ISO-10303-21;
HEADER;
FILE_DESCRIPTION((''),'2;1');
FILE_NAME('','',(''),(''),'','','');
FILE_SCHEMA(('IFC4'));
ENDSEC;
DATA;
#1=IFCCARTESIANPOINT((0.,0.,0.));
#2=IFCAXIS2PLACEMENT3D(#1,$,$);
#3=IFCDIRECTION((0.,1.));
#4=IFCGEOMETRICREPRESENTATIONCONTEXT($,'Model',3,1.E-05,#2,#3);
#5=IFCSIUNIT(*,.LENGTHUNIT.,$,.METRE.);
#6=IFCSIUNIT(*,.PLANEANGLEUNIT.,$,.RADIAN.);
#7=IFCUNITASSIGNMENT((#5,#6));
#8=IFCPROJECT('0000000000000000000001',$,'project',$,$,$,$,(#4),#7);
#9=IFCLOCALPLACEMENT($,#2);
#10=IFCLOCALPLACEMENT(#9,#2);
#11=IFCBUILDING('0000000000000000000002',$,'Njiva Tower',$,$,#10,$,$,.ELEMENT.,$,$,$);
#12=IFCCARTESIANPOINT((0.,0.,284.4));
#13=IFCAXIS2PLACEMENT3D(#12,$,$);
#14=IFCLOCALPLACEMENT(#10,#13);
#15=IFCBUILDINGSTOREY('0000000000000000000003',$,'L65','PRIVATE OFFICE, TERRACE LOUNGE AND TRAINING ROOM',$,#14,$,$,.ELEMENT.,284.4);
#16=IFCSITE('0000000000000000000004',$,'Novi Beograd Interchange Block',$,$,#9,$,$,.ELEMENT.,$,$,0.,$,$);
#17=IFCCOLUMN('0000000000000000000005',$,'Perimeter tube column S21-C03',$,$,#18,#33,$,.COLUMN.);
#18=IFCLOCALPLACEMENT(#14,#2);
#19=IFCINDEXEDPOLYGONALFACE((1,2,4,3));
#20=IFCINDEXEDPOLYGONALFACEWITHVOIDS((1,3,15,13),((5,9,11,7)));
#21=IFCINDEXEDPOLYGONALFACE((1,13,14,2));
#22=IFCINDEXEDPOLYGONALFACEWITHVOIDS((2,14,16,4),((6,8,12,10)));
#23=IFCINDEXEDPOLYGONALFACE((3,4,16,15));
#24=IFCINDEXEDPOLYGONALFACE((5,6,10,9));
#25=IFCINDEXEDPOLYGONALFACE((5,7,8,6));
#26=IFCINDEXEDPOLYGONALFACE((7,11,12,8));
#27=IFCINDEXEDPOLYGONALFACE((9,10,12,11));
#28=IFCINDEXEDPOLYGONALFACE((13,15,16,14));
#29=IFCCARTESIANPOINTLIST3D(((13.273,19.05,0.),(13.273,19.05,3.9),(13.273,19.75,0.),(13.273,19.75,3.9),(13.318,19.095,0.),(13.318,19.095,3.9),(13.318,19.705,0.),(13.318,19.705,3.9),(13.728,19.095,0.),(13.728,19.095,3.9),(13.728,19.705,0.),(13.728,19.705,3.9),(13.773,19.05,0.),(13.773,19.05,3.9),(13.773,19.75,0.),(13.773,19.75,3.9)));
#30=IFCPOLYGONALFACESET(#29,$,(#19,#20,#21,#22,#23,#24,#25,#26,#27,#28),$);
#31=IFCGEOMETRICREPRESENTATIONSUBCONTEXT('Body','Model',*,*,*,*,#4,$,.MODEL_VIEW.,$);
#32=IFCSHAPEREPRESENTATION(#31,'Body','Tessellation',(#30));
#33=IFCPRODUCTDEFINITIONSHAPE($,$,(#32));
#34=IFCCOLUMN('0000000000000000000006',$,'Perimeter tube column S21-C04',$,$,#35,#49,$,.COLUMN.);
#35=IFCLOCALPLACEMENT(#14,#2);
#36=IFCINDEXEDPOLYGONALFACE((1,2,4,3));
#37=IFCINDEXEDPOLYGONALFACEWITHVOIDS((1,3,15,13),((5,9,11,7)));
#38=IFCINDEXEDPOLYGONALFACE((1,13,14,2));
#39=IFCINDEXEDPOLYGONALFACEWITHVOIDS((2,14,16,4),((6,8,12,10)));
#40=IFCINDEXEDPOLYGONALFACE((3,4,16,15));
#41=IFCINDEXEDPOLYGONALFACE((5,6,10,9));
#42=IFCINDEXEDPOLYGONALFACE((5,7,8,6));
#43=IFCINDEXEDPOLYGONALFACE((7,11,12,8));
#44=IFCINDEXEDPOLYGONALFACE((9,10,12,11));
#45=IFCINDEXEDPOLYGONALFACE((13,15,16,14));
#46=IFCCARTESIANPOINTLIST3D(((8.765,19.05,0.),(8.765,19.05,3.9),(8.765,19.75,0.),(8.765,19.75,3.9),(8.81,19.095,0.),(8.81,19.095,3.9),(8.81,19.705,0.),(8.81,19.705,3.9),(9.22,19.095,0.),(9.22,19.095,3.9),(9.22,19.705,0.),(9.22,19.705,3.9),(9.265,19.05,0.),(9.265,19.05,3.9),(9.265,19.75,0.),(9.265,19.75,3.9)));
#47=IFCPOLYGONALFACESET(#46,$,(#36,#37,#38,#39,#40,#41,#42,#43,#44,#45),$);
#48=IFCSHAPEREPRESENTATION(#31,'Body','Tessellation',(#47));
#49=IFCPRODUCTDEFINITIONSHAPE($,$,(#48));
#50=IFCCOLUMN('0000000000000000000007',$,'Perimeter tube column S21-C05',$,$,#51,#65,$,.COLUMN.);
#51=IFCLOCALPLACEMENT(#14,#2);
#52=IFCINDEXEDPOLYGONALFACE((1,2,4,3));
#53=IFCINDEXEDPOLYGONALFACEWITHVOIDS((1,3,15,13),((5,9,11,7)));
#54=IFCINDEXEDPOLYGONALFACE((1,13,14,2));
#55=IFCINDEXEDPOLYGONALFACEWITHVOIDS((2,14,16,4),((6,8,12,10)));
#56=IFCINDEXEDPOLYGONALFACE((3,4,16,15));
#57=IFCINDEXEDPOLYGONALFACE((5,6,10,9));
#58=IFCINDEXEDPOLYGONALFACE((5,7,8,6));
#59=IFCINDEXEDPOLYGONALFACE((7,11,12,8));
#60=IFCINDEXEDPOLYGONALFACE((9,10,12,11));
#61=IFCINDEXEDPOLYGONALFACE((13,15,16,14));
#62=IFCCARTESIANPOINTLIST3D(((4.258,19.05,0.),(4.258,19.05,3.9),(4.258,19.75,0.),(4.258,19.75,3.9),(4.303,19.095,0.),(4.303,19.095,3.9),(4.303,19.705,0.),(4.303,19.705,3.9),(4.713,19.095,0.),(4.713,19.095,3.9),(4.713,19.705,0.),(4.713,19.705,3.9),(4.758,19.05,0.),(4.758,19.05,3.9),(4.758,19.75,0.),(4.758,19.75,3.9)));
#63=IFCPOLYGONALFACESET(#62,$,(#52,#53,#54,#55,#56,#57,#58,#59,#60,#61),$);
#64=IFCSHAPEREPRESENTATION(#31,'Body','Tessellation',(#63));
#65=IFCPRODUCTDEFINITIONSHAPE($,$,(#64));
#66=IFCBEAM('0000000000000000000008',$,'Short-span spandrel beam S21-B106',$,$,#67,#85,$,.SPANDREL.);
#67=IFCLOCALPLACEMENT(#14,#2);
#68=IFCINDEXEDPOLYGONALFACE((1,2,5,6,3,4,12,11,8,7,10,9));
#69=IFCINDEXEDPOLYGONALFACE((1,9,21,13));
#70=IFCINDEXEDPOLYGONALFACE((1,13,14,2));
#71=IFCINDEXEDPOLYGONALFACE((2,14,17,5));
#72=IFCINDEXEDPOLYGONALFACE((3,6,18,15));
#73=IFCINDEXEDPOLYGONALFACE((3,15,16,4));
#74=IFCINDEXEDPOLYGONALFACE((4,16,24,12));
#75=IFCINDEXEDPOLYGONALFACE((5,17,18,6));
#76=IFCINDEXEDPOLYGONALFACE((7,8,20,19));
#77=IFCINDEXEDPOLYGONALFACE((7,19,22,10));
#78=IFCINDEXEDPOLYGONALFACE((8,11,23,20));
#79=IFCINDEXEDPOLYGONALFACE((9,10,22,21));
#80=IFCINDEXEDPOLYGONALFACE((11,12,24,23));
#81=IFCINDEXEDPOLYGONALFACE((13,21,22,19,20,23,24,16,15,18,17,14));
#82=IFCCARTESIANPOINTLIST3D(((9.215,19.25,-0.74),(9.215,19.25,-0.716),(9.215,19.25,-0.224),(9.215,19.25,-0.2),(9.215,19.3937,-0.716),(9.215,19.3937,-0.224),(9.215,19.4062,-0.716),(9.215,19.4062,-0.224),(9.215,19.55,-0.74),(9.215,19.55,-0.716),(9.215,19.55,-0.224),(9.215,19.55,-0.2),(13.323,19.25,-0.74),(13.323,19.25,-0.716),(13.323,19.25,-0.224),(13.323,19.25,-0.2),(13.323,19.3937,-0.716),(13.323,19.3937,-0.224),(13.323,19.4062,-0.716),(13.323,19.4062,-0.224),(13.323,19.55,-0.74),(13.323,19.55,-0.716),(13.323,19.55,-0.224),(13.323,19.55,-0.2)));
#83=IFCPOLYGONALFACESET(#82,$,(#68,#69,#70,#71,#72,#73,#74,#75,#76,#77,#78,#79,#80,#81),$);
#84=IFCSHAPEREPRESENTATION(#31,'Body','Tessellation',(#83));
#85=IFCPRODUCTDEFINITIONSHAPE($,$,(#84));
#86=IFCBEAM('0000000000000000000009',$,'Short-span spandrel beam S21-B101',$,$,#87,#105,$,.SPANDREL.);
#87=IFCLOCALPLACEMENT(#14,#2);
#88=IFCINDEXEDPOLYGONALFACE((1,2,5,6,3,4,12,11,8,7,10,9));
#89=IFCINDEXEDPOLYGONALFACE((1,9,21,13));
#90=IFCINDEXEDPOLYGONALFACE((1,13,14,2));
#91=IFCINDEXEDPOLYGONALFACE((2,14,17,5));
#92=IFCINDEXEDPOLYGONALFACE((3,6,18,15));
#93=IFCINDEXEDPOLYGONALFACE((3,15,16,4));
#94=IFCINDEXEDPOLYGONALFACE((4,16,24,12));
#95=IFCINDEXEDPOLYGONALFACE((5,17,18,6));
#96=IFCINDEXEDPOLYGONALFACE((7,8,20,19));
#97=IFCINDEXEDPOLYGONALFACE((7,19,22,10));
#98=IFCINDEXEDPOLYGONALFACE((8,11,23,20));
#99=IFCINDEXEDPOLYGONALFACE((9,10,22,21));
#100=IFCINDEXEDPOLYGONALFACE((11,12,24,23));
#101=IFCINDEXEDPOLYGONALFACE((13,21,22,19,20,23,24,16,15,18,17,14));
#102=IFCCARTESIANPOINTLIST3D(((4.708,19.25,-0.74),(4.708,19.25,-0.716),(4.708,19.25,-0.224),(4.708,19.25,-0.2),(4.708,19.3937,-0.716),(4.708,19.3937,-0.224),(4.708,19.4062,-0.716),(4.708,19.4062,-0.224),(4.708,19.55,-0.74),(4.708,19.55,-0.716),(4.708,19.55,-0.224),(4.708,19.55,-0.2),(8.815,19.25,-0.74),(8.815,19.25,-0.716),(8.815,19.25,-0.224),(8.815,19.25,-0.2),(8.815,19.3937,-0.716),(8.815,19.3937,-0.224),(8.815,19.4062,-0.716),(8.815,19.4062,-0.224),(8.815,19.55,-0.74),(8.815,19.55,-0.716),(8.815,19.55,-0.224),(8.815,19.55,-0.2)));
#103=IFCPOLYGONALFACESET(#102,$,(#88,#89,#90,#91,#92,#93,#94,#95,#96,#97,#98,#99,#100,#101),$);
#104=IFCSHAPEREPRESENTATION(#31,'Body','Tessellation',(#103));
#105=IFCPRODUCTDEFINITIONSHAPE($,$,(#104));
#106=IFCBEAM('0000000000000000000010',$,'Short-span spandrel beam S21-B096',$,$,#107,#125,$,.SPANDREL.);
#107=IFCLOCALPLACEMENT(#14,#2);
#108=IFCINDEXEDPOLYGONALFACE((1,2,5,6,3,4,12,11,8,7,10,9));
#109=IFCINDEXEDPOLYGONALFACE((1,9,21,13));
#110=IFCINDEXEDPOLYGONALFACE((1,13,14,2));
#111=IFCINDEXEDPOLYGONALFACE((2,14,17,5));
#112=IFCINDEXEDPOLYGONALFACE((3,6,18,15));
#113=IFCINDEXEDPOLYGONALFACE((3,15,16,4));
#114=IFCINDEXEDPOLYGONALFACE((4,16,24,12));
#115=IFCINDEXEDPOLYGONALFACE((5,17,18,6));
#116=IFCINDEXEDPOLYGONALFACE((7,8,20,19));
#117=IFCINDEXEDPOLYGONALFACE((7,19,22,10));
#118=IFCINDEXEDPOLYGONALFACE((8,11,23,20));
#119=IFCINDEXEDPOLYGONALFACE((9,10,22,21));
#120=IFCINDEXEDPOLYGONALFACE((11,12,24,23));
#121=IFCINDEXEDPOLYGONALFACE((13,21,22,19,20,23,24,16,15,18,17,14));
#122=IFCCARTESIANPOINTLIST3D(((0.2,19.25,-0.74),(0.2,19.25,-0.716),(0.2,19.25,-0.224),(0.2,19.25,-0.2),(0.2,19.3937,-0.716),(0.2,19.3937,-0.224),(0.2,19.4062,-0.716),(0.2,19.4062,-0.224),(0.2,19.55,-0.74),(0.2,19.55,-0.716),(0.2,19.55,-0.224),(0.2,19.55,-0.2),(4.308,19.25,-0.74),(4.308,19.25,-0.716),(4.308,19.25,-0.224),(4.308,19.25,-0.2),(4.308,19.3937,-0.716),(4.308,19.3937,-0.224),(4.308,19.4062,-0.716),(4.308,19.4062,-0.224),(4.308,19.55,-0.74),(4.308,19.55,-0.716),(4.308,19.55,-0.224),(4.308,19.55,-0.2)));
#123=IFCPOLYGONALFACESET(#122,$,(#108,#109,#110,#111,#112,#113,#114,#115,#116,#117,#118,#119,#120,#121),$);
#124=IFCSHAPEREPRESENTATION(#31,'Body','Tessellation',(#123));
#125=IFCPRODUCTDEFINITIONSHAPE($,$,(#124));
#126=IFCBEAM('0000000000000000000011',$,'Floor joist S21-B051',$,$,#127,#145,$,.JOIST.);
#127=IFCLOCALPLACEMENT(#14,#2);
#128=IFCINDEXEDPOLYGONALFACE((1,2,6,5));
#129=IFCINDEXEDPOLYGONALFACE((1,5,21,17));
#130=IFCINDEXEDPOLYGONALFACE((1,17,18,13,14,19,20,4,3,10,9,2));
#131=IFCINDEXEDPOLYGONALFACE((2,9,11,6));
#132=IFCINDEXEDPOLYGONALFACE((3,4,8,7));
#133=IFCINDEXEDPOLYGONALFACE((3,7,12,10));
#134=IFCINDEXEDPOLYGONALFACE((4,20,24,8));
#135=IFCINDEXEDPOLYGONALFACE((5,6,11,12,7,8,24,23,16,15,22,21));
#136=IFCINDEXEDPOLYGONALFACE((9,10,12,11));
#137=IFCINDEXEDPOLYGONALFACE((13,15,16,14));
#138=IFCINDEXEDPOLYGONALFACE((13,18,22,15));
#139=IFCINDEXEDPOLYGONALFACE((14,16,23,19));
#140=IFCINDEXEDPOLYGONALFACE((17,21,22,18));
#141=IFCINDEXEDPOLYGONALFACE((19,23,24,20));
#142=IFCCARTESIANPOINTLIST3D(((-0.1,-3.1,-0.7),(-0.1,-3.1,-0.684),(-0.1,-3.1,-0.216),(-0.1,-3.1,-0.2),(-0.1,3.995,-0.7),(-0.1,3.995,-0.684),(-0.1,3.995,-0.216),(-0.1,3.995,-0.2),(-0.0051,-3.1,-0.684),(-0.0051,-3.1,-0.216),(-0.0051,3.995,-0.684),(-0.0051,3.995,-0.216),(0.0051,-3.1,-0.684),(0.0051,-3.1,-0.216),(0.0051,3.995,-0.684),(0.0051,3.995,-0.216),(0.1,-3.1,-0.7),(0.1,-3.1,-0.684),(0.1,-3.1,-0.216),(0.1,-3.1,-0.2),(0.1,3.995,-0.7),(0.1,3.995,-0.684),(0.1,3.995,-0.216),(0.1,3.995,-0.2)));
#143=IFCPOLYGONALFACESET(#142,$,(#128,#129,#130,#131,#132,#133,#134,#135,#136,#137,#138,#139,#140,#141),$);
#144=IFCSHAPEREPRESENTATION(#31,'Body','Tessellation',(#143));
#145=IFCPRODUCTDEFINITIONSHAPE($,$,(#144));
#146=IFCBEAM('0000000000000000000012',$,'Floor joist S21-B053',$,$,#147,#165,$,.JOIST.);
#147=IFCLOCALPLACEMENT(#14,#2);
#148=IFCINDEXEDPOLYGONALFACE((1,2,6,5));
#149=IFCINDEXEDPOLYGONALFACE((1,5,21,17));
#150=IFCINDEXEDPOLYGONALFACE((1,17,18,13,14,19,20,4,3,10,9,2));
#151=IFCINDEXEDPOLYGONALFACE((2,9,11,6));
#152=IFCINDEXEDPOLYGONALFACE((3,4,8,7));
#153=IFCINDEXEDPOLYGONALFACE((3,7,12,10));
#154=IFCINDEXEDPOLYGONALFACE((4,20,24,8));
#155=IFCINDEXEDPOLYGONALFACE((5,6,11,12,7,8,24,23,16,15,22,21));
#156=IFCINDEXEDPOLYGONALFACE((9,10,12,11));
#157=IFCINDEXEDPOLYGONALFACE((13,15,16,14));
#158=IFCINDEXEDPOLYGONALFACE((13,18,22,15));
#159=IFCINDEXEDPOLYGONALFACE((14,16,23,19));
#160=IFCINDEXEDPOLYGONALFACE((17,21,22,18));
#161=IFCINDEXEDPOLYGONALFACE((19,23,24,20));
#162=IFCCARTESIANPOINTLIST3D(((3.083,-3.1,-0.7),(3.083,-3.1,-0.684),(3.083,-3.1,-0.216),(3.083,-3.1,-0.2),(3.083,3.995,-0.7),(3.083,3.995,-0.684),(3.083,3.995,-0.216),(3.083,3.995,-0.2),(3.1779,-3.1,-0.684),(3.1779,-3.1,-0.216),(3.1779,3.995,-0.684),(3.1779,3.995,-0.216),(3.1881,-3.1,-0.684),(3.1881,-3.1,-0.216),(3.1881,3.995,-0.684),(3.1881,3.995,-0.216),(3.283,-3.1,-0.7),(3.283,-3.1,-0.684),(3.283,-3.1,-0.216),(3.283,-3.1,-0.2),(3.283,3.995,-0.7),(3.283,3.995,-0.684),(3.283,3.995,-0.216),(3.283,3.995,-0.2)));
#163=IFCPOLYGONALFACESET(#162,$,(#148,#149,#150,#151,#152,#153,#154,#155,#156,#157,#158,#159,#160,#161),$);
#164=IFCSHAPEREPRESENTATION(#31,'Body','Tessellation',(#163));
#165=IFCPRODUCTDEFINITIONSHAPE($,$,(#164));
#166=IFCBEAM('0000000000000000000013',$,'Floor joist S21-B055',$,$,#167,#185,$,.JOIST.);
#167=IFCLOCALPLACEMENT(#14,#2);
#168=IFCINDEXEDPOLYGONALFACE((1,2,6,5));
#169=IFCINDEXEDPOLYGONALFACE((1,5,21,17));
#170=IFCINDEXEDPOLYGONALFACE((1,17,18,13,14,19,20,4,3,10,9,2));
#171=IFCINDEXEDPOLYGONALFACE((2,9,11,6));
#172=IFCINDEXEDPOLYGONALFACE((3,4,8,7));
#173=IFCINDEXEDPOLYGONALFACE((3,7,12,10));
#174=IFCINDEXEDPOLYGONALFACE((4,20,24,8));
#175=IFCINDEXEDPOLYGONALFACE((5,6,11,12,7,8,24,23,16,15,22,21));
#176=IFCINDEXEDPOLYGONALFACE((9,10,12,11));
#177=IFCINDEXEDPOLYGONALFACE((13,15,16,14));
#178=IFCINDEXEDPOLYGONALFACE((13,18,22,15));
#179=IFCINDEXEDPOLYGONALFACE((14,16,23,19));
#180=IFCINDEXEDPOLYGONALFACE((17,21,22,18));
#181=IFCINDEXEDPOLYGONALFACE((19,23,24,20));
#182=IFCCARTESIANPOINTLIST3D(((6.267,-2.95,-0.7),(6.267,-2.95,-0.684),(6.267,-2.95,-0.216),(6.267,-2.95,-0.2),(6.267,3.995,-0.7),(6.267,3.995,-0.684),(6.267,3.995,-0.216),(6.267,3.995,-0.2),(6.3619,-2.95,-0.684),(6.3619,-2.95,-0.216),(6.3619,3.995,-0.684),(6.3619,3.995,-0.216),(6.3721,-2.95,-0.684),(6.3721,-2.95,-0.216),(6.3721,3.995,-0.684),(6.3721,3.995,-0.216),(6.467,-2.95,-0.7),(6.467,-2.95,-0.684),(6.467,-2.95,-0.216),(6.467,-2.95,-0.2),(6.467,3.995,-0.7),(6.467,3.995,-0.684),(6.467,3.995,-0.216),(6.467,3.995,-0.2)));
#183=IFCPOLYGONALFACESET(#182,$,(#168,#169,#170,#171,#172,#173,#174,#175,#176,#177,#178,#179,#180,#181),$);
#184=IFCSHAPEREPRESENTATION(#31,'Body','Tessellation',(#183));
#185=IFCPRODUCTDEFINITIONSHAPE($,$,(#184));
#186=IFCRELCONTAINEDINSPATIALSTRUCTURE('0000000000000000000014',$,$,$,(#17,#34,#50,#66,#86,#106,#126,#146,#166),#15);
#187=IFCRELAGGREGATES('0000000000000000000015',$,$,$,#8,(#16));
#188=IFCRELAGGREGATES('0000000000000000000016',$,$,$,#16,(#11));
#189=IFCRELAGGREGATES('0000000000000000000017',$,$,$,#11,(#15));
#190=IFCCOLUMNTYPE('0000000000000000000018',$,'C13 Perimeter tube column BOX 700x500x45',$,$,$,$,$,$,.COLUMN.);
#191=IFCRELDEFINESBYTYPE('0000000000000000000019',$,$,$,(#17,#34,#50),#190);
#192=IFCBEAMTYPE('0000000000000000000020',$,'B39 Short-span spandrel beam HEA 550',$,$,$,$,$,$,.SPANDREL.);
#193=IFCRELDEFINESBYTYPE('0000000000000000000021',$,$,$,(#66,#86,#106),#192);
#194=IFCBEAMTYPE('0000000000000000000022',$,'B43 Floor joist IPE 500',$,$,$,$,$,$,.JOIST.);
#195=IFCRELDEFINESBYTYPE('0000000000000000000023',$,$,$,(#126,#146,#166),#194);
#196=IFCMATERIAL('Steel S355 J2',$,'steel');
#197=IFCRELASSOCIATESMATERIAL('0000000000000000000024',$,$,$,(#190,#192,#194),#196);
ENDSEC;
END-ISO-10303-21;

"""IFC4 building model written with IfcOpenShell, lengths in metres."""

from ifc_helpers import new_model, si_unit, direction, frame, origin, origin_2d, place, context, subcontext, project, spatial, hollow_rectangle, i_section, extrude, material, material_profile, profile_set, type_object, element, save


model = new_model("IFC4")

# Units and contexts
model_context = context("Model", 3, precision=1e-05, world=origin(), true_north=direction((0.0, 1.0)))
body_context = subcontext(model_context, "Body", "Model", "MODEL_VIEW")
ifc_project = project(units=[si_unit("LENGTHUNIT", "METRE"), si_unit("PLANEANGLEUNIT", "RADIAN")], contexts=[model_context])

# Site, building, storey
site_placement = place(None, origin())
site = spatial("IfcSite", under=ifc_project, at=site_placement, Name="Novi Beograd Interchange Block", CompositionType="ELEMENT", RefElevation=0.0)
building_placement = place(site_placement, origin())
building = spatial("IfcBuilding", under=site, at=building_placement, Name="Njiva Tower", CompositionType="ELEMENT")
storey_placement = place(building_placement, frame((0.0, 0.0, 284.4)))
storey = spatial("IfcBuildingStorey", under=building, at=storey_placement, Name="L65", Description="PRIVATE OFFICE, TERRACE LOUNGE AND TRAINING ROOM", CompositionType="ELEMENT", Elevation=284.4)

# Columns
ifc_material_1 = material(Name="Steel S355 J2", Category="steel")
ifc_material_profile_1 = material_profile(ifc_material_1, hollow_rectangle(XDim=0.5, YDim=0.7, WallThickness=0.045, at=origin_2d()), Name="BOX 700x500x45")
ifc_profile_set_1 = profile_set([ifc_material_profile_1], Name="Steel S355 J2")
column_type = type_object("IfcColumnType", Name="C13 Perimeter tube column BOX 700x500x45", PredefinedType="COLUMN", material=ifc_profile_set_1)
for number, where, z_axis, x_axis, name in (
    (1, (13.523, 19.4, 0.0), (0.0, 0.0, 1.0), (-1.0, 0.0, 0.0), "Perimeter tube column S21-C03"),
    (2, (9.015, 19.4, 0.0), (0.0, 0.0, 1.0), (-1.0, 0.0, 0.0), "Perimeter tube column S21-C04"),
    (3, (4.508, 19.4, 0.0), (0.0, 0.0, 1.0), (-1.0, 0.0, 0.0), "Perimeter tube column S21-C05"),
):
    element("IfcColumn", number, at=place(storey_placement, frame(where, z_axis=z_axis, x_axis=x_axis)), inside=storey, type_object=column_type, Name=name, PredefinedType="COLUMN", context=body_context, shape_type="SweptSolid", body=[
        extrude(hollow_rectangle(XDim=0.5, YDim=0.7, WallThickness=0.045, at=origin_2d()), origin(), (0.0, 0.0, 1.0), 3.9),
    ])

# Beams
ifc_material_profile_2 = material_profile(ifc_material_1, i_section(OverallWidth=0.3, OverallDepth=0.54, WebThickness=0.0125, FlangeThickness=0.024, at=origin_2d()), Name="HEA 550")
ifc_profile_set_2 = profile_set([ifc_material_profile_2], Name="Steel S355 J2")
beam_type_1 = type_object("IfcBeamType", Name="B39 Short-span spandrel beam HEA 550", PredefinedType="SPANDREL", material=ifc_profile_set_2)
beam_1_placement = place(storey_placement, frame((13.323, 19.4, -0.47), z_axis=(-1.0, 0.0, 0.0), x_axis=(0.0, -1.0, 0.0)))
element("IfcBeam", 4, at=beam_1_placement, inside=storey, type_object=beam_type_1, Name="Short-span spandrel beam S21-B106", PredefinedType="SPANDREL", context=body_context, shape_type="SweptSolid", body=[
    extrude(i_section(OverallWidth=0.3, OverallDepth=0.54, WebThickness=0.0125, FlangeThickness=0.024, at=origin_2d()), origin(), (0.0, 0.0, 1.0), 4.108),
])
beam_2_placement = place(storey_placement, frame((8.815, 19.4, -0.47), z_axis=(-1.0, 0.0, 0.0), x_axis=(0.0, -1.0, 0.0)))
element("IfcBeam", 5, at=beam_2_placement, inside=storey, type_object=beam_type_1, Name="Short-span spandrel beam S21-B101", PredefinedType="SPANDREL", context=body_context, shape_type="SweptSolid", body=[
    extrude(i_section(OverallWidth=0.3, OverallDepth=0.54, WebThickness=0.0125, FlangeThickness=0.024, at=origin_2d()), origin(), (0.0, 0.0, 1.0), 4.107),
])
beam_3_placement = place(storey_placement, frame((4.308, 19.4, -0.47), z_axis=(-1.0, 0.0, 0.0), x_axis=(0.0, -1.0, 0.0)))
element("IfcBeam", 6, at=beam_3_placement, inside=storey, type_object=beam_type_1, Name="Short-span spandrel beam S21-B096", PredefinedType="SPANDREL", context=body_context, shape_type="SweptSolid", body=[
    extrude(i_section(OverallWidth=0.3, OverallDepth=0.54, WebThickness=0.0125, FlangeThickness=0.024, at=origin_2d()), origin(), (0.0, 0.0, 1.0), 4.108),
])
ifc_material_profile_3 = material_profile(ifc_material_1, i_section(OverallWidth=0.2, OverallDepth=0.5, WebThickness=0.0102, FlangeThickness=0.016, at=origin_2d()), Name="IPE 500")
ifc_profile_set_3 = profile_set([ifc_material_profile_3], Name="Steel S355 J2")
beam_type_2 = type_object("IfcBeamType", Name="B43 Floor joist IPE 500", PredefinedType="JOIST", material=ifc_profile_set_3)
for number, where, z_axis, x_axis, name in (
    (7, (0.0, 3.995, -0.45), (0.0, -1.0, 0.0), (1.0, 0.0, 0.0), "Floor joist S21-B051"),
    (8, (3.183, 3.995, -0.45), (0.0, -1.0, 0.0), (1.0, 0.0, 0.0), "Floor joist S21-B053"),
):
    element("IfcBeam", number, at=place(storey_placement, frame(where, z_axis=z_axis, x_axis=x_axis)), inside=storey, type_object=beam_type_2, Name=name, PredefinedType="JOIST", context=body_context, shape_type="SweptSolid", body=[
        extrude(i_section(OverallWidth=0.2, OverallDepth=0.5, WebThickness=0.0102, FlangeThickness=0.016, at=origin_2d()), origin(), (0.0, 0.0, 1.0), 7.095),
    ])
beam_4_placement = place(storey_placement, frame((6.367, 3.995, -0.45), z_axis=(0.0, -1.0, 0.0), x_axis=(1.0, 0.0, 0.0)))
element("IfcBeam", 9, at=beam_4_placement, inside=storey, type_object=beam_type_2, Name="Floor joist S21-B055", PredefinedType="JOIST", context=body_context, shape_type="SweptSolid", body=[
    extrude(i_section(OverallWidth=0.2, OverallDepth=0.5, WebThickness=0.0102, FlangeThickness=0.016, at=origin_2d()), origin(), (0.0, 0.0, 1.0), 6.945),
])

save(model, "model.ifc")
